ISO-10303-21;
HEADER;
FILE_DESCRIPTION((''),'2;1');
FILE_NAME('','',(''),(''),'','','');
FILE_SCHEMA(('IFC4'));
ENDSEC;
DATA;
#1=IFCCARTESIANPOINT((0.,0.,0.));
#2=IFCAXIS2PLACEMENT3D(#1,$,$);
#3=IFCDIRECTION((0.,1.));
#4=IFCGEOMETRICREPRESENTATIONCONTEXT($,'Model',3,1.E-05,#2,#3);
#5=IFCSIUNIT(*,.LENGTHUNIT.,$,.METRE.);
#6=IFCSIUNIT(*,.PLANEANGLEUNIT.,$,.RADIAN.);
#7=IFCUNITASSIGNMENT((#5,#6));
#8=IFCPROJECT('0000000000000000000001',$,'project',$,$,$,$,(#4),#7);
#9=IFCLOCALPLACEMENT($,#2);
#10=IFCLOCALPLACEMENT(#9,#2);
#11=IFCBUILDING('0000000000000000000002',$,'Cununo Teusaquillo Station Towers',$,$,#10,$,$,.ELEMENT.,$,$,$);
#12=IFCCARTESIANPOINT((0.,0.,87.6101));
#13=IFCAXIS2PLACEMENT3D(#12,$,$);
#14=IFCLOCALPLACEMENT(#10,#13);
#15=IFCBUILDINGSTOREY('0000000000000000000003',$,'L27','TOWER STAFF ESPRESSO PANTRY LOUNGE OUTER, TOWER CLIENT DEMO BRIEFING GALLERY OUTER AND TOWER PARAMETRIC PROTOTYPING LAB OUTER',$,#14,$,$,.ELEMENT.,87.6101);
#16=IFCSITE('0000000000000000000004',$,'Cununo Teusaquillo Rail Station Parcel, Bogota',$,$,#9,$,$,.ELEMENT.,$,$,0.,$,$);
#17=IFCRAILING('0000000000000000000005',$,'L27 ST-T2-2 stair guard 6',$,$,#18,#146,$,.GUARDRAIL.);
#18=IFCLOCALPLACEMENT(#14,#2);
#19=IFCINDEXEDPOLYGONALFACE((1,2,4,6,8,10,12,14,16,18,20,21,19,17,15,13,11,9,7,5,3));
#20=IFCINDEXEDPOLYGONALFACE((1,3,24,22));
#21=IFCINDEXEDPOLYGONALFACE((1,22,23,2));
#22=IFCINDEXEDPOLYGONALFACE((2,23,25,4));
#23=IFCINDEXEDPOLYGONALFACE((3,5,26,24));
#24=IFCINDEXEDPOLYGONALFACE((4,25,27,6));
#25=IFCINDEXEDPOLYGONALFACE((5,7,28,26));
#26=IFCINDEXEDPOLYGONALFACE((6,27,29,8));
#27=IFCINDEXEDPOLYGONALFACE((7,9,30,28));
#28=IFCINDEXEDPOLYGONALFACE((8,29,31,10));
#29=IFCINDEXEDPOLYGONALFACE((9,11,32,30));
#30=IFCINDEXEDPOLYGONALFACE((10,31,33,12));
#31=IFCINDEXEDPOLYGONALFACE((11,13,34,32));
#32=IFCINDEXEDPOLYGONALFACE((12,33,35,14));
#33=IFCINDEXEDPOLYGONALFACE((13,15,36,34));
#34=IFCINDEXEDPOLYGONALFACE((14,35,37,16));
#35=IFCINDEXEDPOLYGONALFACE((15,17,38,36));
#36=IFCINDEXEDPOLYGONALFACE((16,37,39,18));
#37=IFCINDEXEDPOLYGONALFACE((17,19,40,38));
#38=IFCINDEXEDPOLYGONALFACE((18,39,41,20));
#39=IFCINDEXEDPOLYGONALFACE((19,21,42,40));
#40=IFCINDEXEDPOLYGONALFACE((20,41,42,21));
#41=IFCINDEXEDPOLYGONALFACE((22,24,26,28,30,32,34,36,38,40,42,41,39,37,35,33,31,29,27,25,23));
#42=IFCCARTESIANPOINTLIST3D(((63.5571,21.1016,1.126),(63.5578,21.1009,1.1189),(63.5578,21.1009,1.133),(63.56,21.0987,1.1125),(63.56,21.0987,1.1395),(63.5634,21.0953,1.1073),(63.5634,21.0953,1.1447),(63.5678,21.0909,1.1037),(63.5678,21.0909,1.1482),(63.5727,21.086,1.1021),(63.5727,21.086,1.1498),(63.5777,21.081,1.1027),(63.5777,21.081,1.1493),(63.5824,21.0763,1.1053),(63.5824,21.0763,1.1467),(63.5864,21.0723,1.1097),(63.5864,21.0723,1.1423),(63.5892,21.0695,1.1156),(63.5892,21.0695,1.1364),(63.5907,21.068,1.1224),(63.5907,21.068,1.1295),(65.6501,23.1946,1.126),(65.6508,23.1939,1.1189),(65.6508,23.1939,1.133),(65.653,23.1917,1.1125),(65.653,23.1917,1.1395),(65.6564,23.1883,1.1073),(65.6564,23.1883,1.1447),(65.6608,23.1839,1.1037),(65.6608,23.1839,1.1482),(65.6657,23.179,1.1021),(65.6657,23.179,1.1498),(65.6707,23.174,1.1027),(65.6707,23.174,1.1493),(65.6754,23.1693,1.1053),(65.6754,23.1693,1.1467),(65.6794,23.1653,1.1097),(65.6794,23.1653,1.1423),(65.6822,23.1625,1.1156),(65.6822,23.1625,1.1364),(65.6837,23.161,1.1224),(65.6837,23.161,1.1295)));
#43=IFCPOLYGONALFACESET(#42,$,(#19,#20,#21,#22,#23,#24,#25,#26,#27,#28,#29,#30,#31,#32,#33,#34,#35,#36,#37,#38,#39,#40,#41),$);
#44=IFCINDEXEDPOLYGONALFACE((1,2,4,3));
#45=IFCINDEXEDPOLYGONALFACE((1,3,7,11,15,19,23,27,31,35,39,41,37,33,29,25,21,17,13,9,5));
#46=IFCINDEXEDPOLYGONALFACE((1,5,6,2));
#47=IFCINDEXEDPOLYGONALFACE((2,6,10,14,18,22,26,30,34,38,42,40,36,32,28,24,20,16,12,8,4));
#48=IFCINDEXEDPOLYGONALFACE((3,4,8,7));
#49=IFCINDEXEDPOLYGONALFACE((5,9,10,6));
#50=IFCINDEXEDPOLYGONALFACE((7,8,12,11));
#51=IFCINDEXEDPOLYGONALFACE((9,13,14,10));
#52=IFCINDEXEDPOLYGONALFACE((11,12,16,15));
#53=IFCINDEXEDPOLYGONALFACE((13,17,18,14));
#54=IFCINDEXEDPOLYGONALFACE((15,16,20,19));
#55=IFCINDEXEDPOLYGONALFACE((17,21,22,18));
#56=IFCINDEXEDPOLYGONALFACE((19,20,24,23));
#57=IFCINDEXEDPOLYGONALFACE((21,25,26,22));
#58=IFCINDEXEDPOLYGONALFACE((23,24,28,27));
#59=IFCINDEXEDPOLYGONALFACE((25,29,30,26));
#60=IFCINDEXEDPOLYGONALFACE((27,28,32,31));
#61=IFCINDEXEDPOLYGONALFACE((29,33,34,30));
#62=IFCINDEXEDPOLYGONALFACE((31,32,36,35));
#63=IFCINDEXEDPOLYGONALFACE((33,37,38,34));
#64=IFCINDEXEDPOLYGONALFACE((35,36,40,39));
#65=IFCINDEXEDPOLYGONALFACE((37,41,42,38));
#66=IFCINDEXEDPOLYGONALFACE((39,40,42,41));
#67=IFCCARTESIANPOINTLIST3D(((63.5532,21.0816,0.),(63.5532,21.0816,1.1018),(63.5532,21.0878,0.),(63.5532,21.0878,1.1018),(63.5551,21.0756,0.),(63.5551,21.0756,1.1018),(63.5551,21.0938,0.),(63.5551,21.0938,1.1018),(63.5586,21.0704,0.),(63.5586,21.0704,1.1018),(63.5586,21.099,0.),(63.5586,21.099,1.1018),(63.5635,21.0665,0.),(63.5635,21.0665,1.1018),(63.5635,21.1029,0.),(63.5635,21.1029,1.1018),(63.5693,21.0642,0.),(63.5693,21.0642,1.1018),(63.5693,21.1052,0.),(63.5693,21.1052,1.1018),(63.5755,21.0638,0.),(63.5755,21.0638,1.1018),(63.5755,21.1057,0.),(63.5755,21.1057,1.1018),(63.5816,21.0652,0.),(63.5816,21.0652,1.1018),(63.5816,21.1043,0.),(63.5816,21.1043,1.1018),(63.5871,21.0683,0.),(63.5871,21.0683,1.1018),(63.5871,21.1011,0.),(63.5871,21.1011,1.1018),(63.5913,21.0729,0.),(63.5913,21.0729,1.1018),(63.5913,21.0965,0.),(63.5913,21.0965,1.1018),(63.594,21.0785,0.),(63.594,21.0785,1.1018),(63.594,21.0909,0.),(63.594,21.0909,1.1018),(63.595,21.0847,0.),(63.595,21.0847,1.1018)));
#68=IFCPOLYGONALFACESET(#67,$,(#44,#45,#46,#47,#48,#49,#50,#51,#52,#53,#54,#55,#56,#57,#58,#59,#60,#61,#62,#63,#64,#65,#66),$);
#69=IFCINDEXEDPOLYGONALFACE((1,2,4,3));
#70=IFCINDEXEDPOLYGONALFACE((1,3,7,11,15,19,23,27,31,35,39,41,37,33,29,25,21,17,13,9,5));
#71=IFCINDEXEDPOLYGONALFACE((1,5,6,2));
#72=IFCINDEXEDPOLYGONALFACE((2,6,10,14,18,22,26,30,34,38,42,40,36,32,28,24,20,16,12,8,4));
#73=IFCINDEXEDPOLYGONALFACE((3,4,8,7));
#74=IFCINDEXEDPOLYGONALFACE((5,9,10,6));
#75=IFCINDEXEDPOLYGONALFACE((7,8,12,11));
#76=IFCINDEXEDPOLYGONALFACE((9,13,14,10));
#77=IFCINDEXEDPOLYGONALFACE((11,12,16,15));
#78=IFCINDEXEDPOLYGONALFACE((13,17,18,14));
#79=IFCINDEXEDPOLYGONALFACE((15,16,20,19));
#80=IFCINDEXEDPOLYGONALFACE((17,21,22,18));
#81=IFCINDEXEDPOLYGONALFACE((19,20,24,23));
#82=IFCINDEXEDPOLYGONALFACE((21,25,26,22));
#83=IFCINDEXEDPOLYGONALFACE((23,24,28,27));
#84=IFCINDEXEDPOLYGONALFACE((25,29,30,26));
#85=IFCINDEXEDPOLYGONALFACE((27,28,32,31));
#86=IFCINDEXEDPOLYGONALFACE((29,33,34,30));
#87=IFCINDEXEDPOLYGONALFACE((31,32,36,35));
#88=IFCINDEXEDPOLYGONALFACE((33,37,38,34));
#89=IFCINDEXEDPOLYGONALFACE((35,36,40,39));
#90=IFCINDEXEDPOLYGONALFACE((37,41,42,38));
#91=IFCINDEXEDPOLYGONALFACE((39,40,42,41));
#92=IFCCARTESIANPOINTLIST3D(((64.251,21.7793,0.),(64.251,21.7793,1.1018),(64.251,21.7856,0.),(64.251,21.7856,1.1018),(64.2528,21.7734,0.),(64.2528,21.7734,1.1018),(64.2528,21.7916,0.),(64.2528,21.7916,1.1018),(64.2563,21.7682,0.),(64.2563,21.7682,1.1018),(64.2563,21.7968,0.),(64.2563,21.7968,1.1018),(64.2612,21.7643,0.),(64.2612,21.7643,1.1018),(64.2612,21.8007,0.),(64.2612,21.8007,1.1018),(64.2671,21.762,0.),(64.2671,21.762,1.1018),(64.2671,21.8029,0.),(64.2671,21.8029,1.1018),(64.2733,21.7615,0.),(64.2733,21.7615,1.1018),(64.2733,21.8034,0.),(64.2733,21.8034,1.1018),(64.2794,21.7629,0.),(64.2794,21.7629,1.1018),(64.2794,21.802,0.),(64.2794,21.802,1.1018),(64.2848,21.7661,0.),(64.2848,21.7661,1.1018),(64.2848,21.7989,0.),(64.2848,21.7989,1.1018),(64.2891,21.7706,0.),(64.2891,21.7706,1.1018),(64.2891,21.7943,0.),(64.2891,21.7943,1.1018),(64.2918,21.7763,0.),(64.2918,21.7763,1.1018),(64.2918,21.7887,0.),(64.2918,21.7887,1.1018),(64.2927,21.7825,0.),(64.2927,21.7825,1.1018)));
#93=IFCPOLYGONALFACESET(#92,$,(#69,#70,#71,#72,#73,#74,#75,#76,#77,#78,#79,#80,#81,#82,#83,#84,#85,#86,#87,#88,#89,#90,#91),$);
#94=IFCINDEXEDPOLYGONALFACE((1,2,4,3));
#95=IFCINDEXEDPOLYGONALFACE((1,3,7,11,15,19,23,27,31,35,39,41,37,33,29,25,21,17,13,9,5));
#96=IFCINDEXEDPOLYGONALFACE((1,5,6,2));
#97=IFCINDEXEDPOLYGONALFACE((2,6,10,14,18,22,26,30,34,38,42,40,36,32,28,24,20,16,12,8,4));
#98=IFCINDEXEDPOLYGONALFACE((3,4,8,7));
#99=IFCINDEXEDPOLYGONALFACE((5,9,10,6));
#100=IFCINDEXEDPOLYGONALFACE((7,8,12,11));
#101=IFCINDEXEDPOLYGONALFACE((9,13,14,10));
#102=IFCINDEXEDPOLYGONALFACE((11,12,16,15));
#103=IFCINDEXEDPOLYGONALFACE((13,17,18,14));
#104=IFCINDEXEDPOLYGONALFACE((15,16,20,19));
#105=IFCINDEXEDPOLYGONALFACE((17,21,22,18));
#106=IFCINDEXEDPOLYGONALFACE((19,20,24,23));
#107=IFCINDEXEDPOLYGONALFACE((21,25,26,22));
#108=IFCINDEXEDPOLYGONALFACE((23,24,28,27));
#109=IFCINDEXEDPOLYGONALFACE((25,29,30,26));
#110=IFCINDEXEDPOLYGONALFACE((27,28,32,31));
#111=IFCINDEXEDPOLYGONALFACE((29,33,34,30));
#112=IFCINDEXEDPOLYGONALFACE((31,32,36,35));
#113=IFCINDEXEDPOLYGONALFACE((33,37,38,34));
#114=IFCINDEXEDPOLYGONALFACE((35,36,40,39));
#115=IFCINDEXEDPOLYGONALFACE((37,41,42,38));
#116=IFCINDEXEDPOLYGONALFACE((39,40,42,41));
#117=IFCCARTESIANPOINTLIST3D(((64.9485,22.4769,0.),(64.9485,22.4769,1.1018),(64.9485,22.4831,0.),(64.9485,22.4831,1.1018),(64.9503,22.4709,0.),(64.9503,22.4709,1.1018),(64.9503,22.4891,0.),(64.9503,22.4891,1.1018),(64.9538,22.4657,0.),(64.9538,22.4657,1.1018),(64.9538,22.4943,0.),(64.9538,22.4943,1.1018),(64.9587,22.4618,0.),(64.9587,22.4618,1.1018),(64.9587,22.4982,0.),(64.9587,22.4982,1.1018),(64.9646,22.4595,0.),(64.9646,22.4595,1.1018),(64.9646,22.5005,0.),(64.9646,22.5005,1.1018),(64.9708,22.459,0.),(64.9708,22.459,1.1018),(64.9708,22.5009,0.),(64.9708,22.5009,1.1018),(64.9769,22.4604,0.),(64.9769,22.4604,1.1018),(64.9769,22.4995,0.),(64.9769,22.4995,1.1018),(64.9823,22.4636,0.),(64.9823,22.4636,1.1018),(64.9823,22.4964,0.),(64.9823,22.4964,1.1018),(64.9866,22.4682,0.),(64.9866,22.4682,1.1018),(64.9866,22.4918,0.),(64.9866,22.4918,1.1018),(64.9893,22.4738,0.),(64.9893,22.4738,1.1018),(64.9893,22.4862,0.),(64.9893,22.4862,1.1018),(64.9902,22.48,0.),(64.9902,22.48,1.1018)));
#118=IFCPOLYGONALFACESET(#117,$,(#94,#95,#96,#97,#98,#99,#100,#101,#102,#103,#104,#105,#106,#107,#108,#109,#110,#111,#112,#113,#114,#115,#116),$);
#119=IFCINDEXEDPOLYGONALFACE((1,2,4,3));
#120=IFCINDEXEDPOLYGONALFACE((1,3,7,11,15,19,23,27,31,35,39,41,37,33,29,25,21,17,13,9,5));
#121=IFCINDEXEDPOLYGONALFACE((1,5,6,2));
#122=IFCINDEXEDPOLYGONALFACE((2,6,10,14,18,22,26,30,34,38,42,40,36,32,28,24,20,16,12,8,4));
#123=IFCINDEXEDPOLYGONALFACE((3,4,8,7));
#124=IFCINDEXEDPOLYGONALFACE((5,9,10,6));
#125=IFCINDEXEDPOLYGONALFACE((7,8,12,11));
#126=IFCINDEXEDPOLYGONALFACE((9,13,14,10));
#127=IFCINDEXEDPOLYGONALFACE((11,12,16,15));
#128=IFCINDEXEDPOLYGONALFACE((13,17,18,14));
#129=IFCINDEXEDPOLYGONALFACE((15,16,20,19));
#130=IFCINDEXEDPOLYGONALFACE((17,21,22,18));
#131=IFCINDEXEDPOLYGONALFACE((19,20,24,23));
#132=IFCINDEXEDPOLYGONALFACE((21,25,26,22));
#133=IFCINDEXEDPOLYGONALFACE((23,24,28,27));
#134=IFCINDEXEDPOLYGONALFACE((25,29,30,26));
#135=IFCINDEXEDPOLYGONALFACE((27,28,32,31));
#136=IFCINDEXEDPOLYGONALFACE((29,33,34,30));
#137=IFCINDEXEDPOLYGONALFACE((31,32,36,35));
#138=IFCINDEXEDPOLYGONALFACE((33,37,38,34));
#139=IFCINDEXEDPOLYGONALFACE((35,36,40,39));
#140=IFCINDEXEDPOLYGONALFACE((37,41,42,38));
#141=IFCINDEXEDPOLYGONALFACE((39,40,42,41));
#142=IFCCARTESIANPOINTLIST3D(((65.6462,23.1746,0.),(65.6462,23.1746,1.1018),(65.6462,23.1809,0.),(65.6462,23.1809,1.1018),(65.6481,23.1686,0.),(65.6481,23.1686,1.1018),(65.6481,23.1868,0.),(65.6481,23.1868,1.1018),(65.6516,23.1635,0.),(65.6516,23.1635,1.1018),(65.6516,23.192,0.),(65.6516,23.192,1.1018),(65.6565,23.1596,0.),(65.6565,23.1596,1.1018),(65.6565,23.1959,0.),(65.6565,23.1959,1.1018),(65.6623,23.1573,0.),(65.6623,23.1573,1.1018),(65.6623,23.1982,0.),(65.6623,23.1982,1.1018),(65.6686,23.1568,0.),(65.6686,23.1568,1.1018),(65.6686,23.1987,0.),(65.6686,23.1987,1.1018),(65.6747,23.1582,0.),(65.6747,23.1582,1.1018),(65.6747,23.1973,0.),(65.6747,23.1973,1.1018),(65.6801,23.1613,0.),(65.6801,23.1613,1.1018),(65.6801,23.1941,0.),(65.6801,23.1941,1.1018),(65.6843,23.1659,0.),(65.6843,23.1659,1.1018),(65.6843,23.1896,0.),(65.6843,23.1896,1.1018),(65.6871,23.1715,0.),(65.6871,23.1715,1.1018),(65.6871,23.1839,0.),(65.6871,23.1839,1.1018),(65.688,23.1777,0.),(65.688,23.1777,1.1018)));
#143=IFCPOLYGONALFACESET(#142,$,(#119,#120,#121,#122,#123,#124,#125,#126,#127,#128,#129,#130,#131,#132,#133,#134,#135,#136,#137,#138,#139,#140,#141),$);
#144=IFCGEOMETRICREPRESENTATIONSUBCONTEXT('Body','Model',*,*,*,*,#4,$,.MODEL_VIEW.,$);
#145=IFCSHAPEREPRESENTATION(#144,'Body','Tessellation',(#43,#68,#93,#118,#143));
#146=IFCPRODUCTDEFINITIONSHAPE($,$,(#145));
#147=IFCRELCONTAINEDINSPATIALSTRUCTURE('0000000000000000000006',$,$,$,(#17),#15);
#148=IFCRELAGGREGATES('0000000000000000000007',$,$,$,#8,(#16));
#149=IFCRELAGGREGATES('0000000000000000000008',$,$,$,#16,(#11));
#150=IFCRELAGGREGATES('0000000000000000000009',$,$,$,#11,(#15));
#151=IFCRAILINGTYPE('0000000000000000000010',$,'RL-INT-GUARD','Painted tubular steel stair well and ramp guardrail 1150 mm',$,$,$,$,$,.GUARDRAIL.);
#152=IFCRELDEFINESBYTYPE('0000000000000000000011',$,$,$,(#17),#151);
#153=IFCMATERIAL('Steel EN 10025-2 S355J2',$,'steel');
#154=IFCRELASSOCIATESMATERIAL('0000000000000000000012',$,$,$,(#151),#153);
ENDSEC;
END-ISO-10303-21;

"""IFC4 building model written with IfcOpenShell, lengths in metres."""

from ifc_helpers import new_model, si_unit, direction, frame, origin, origin_2d, place, context, subcontext, project, spatial, circle, extrude, material, type_object, element, save


model = new_model("IFC4")

# Units and contexts
model_context = context("Model", 3, precision=1e-05, world=origin(), true_north=direction((0.0, 1.0)))
body_context = subcontext(model_context, "Body", "Model", "MODEL_VIEW")
ifc_project = project(units=[si_unit("LENGTHUNIT", "METRE"), si_unit("PLANEANGLEUNIT", "RADIAN")], contexts=[model_context])

# Site, building, storey
site_placement = place(None, origin())
site = spatial("IfcSite", under=ifc_project, at=site_placement, Name="Cununo Teusaquillo Rail Station Parcel, Bogota", CompositionType="ELEMENT", RefElevation=0.0)
building_placement = place(site_placement, origin())
building = spatial("IfcBuilding", under=site, at=building_placement, Name="Cununo Teusaquillo Station Towers", CompositionType="ELEMENT")
storey_placement = place(building_placement, frame((0.0, 0.0, 87.6101)))
storey = spatial("IfcBuildingStorey", under=building, at=storey_placement, Name="L27", Description="TOWER STAFF ESPRESSO PANTRY LOUNGE OUTER, TOWER CLIENT DEMO BRIEFING GALLERY OUTER AND TOWER PARAMETRIC PROTOTYPING LAB OUTER", CompositionType="ELEMENT", Elevation=87.6101)

# Railing
ifc_material_1 = material(Name="Steel EN 10025-2 S355J2", Category="steel")
railing_type = type_object("IfcRailingType", Name="RL-INT-GUARD", Description="Painted tubular steel stair well and ramp guardrail 1150 mm", PredefinedType="GUARDRAIL", material=ifc_material_1)
railing_1_placement = place(storey_placement, frame((63.574, 21.0847, 0.0)))
element("IfcRailing", 1, at=railing_1_placement, inside=storey, type_object=railing_type, Name="L27 ST-T2-2 stair guard 6", PredefinedType="GUARDRAIL", context=body_context, shape_type="SweptSolid", body=[
    extrude(circle(Radius=0.0239, at=origin_2d()), frame((0.0, 0.0, 1.126), z_axis=(0.707107, 0.707107, 0.0), x_axis=(-0.707107, 0.707107, 0.0)), (0.0, 0.0, 1.0), 2.96),
    extrude(circle(Radius=0.021, at=origin_2d()), origin(), (0.0, 0.0, 1.0), 1.1018),
    extrude(circle(Radius=0.021, at=origin_2d()), frame((0.6978, 0.6978, 0.0)), (0.0, 0.0, 1.0), 1.1018),
    extrude(circle(Radius=0.021, at=origin_2d()), frame((1.3953, 1.3953, 0.0)), (0.0, 0.0, 1.0), 1.1018),
    extrude(circle(Radius=0.021, at=origin_2d()), frame((2.093, 2.093, 0.0)), (0.0, 0.0, 1.0), 1.1018),
])

save(model, "model.ifc")
